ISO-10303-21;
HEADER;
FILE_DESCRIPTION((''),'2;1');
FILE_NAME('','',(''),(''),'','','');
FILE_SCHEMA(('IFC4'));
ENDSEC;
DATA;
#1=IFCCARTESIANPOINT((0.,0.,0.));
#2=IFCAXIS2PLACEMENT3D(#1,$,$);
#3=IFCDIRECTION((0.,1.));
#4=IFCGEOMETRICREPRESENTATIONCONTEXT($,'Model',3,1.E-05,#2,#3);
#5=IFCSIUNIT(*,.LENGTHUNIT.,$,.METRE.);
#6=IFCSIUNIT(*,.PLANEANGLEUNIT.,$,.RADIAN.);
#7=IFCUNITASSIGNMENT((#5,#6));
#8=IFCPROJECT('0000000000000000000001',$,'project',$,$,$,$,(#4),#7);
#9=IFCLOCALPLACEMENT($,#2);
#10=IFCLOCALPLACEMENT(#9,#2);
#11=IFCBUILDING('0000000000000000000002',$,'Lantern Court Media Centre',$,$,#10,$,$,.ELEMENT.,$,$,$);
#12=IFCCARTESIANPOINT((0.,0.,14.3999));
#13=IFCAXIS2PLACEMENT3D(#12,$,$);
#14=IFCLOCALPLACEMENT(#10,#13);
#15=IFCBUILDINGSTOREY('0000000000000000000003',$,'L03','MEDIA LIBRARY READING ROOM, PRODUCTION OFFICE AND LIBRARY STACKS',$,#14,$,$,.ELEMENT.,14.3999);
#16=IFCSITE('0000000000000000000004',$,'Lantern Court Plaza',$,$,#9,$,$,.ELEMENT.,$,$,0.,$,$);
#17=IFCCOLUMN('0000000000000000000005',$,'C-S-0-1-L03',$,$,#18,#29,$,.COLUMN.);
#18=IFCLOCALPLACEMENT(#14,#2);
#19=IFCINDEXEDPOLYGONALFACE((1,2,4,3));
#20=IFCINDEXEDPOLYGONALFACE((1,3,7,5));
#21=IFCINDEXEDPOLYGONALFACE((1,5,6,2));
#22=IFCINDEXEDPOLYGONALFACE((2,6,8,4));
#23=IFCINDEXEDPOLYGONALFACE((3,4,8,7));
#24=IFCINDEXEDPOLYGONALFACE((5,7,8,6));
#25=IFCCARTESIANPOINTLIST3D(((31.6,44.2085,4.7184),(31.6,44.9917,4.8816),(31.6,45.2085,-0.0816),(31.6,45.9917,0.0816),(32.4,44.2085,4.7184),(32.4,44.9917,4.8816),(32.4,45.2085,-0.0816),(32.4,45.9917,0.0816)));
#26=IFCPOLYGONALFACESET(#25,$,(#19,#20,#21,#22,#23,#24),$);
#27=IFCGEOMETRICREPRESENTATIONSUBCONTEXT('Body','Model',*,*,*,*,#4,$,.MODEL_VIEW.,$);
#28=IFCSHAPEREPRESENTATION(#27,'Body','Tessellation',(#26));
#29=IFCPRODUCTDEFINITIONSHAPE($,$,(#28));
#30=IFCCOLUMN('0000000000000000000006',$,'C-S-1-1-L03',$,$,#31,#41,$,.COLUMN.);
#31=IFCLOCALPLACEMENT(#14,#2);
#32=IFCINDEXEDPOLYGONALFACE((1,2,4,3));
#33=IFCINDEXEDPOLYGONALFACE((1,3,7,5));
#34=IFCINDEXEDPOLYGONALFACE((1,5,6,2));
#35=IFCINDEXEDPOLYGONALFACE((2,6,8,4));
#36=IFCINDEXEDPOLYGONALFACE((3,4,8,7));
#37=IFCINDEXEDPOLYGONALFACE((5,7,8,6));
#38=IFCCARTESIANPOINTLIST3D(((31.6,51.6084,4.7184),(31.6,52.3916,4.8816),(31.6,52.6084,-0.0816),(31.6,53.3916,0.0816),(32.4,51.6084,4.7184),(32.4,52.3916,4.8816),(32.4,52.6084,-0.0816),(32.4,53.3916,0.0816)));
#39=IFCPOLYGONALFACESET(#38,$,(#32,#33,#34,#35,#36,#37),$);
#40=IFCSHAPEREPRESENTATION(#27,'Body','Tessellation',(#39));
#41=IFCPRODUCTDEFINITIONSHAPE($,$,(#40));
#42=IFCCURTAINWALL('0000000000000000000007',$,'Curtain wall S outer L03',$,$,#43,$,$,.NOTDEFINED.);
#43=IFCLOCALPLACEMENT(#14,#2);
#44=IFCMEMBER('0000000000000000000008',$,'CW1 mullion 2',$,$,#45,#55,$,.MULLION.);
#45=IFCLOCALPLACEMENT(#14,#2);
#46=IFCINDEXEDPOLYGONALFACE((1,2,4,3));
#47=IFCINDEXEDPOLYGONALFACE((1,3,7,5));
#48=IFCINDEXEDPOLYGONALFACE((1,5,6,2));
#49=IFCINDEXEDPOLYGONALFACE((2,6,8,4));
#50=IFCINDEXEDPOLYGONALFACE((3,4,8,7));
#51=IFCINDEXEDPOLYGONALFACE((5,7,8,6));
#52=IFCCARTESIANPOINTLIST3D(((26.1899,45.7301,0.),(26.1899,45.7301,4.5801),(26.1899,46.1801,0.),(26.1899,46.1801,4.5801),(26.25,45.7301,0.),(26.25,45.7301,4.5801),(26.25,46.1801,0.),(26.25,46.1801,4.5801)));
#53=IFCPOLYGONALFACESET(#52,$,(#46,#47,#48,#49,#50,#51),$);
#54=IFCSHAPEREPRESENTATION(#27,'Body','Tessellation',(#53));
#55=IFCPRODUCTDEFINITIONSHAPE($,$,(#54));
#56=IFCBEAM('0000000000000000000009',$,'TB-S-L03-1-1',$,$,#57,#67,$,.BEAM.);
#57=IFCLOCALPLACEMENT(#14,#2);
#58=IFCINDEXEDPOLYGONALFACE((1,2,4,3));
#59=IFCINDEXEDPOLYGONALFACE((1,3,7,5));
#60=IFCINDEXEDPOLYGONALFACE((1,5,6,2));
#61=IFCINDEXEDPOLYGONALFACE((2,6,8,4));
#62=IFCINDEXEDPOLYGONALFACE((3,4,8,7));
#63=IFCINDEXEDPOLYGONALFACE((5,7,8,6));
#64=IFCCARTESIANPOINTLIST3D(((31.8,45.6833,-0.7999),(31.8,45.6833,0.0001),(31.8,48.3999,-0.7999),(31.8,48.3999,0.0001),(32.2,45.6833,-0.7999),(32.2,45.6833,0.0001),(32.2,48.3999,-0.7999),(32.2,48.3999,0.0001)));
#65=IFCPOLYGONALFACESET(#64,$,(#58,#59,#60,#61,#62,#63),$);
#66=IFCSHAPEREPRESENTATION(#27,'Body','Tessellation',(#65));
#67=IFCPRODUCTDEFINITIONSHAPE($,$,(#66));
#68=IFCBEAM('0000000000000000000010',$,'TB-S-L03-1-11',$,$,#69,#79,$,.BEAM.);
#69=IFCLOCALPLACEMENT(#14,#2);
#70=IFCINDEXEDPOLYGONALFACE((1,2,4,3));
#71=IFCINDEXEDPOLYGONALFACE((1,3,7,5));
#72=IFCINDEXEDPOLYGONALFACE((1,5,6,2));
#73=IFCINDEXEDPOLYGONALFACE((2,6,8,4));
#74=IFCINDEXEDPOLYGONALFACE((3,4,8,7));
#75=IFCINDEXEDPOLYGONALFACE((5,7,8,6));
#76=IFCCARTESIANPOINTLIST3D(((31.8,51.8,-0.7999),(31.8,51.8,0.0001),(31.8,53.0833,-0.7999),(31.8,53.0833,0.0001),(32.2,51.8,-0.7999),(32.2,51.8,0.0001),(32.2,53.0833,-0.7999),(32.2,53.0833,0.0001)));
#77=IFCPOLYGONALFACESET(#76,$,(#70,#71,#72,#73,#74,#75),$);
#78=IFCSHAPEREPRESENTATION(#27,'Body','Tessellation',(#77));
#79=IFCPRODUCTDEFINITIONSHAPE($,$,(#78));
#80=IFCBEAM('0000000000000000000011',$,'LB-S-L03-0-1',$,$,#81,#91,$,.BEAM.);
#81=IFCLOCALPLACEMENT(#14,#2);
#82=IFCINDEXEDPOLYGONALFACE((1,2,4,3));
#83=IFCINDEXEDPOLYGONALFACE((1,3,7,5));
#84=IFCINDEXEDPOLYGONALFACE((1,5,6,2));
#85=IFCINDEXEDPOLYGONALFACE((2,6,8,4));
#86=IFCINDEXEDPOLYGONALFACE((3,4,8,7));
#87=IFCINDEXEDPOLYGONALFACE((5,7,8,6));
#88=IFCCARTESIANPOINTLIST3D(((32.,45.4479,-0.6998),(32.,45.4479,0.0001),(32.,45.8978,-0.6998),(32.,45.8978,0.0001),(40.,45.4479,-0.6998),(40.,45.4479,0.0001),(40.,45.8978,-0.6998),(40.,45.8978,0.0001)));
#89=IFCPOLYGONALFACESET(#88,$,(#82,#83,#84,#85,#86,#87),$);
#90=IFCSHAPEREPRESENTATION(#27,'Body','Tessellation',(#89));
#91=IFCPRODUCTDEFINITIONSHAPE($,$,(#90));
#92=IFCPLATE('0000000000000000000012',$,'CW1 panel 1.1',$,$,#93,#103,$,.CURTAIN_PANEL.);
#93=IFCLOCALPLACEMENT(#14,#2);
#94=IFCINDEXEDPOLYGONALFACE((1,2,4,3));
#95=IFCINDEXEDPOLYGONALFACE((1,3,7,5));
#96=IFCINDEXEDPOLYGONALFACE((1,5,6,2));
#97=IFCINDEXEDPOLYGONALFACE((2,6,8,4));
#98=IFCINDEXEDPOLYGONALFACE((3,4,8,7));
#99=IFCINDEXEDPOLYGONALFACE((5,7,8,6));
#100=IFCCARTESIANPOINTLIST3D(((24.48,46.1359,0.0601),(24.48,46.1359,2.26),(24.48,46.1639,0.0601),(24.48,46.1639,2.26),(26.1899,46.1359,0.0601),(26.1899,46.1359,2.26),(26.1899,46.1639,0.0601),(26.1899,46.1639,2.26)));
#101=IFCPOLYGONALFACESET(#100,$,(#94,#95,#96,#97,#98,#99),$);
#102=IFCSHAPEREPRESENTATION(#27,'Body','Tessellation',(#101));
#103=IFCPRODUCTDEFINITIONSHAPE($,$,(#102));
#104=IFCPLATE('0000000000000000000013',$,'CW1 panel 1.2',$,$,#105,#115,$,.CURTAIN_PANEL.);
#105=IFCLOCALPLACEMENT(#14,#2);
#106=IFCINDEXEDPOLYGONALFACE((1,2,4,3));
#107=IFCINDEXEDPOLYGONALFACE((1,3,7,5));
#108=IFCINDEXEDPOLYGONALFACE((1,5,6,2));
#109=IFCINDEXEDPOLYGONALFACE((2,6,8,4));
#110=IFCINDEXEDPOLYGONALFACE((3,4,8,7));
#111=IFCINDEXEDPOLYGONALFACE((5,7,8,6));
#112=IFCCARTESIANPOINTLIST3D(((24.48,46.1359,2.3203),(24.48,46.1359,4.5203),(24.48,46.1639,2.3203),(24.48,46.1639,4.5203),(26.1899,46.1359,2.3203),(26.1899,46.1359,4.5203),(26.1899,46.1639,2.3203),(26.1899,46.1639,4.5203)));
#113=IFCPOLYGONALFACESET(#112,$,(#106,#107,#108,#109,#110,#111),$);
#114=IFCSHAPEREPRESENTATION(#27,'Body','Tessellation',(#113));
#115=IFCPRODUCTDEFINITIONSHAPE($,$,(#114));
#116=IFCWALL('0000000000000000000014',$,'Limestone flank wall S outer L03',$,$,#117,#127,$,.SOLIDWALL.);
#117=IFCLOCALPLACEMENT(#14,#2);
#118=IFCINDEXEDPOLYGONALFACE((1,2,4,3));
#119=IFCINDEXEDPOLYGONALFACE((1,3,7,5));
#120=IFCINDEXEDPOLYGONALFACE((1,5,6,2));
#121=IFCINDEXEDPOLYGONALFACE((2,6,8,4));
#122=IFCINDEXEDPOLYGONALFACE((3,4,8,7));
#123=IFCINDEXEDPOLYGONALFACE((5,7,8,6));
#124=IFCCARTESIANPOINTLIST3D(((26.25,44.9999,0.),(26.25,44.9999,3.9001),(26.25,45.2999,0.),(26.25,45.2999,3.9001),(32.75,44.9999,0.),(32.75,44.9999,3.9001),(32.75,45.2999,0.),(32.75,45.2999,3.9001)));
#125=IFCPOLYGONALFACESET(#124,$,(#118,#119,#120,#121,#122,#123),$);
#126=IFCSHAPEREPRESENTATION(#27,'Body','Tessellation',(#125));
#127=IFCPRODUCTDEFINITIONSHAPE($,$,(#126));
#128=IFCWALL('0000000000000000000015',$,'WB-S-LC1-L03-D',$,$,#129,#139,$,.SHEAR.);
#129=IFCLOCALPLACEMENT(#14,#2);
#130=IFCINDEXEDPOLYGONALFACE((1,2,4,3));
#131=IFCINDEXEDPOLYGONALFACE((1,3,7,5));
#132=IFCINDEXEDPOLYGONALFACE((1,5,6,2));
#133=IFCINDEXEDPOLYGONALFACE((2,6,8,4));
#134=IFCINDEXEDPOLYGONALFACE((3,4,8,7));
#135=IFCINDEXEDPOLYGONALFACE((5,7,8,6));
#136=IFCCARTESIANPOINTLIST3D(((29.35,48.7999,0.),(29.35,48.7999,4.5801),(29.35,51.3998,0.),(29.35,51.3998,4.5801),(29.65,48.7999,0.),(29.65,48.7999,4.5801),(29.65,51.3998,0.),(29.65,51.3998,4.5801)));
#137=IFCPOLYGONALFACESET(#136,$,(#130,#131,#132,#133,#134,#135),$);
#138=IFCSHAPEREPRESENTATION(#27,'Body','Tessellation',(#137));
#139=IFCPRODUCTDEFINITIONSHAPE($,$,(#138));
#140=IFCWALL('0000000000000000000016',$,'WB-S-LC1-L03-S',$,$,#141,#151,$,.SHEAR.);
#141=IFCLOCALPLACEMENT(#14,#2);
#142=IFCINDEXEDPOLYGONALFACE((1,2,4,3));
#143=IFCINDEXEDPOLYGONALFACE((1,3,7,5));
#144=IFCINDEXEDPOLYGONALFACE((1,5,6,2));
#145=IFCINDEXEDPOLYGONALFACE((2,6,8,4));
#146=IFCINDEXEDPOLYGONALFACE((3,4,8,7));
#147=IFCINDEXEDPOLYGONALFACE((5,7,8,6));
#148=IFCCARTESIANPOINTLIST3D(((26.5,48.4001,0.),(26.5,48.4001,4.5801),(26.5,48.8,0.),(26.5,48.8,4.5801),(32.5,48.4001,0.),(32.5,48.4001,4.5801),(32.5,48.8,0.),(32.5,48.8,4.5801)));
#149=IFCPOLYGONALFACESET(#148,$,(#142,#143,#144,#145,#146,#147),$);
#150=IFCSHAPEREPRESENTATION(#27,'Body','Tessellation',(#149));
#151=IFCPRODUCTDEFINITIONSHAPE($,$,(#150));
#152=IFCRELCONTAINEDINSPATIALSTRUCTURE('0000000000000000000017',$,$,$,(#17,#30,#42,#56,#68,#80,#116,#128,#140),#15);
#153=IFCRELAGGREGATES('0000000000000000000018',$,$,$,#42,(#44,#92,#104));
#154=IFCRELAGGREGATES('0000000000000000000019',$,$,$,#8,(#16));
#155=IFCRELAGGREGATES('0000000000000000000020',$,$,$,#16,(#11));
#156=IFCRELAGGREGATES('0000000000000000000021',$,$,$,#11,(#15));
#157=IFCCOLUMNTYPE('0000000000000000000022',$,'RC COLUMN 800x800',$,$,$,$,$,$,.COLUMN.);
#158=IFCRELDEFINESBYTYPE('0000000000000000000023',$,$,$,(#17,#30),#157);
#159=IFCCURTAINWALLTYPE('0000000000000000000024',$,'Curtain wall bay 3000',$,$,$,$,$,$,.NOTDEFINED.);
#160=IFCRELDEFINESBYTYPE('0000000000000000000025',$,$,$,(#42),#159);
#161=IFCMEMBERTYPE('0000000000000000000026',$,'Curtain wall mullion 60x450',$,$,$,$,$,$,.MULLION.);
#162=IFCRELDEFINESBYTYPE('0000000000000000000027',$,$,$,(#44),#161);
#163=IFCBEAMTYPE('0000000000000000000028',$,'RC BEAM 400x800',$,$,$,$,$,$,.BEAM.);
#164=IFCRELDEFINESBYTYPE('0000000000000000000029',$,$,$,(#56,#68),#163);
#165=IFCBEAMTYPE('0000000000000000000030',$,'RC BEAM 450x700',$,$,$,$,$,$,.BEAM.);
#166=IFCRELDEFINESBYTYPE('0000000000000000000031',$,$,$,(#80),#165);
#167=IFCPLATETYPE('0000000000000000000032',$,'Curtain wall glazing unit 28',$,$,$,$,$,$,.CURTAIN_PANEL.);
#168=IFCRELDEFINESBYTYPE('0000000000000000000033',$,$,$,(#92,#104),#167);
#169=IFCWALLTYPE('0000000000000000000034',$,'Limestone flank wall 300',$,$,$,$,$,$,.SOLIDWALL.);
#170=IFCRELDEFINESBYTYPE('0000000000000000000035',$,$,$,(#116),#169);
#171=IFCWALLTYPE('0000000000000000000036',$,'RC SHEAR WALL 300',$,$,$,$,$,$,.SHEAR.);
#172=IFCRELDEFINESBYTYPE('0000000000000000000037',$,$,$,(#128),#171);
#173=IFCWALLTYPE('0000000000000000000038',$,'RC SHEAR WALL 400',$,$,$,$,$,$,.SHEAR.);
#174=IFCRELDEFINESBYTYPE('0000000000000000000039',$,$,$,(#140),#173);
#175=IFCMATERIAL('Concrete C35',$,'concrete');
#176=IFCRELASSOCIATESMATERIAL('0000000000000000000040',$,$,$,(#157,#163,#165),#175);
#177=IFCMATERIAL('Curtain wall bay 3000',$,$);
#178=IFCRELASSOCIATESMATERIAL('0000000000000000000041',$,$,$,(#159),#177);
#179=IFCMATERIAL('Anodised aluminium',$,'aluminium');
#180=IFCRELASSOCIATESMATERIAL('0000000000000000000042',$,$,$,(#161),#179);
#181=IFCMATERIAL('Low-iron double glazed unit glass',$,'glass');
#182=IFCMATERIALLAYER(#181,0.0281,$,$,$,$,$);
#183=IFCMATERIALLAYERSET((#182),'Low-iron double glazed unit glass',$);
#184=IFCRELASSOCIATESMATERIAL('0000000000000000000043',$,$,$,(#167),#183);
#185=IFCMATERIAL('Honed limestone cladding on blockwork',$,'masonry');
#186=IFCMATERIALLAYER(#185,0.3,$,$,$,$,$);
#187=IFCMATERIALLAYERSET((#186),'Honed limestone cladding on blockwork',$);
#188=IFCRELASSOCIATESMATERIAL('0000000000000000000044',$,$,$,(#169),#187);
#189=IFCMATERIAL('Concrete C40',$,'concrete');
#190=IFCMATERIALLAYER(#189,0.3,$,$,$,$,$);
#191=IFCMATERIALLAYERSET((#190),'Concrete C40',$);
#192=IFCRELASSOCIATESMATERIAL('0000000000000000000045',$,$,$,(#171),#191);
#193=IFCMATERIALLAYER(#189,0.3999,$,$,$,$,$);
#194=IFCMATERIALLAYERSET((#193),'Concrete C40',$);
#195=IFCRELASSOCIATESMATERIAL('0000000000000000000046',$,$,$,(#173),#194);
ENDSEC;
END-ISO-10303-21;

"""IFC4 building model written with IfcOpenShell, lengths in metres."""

from ifc_helpers import new_model, si_unit, direction, frame, frame_2d, origin, origin_2d, place, context, subcontext, project, spatial, rectangle, extrude, material, layer, layer_set, material_profile, profile_set, type_object, element, aggregate, save


model = new_model("IFC4")

# Units and contexts
model_context = context("Model", 3, precision=1e-05, world=origin(), true_north=direction((0.0, 1.0)))
body_context = subcontext(model_context, "Body", "Model", "MODEL_VIEW")
ifc_project = project(units=[si_unit("LENGTHUNIT", "METRE"), si_unit("PLANEANGLEUNIT", "RADIAN")], contexts=[model_context])

# Site, building, storey
site_placement = place(None, origin())
site = spatial("IfcSite", under=ifc_project, at=site_placement, Name="Lantern Court Plaza", CompositionType="ELEMENT", RefElevation=0.0)
building_placement = place(site_placement, origin())
building = spatial("IfcBuilding", under=site, at=building_placement, Name="Lantern Court Media Centre", CompositionType="ELEMENT")
storey_placement = place(building_placement, frame((0.0, 0.0, 14.3999)))
storey = spatial("IfcBuildingStorey", under=building, at=storey_placement, Name="L03", Description="MEDIA LIBRARY READING ROOM, PRODUCTION OFFICE AND LIBRARY STACKS", CompositionType="ELEMENT", Elevation=14.3999)

# Columns
ifc_material_1 = material(Name="Concrete C35", Category="concrete")
ifc_material_profile_1 = material_profile(ifc_material_1, rectangle(XDim=0.8, YDim=0.8, at=origin_2d()), Name="RC 800x800")
ifc_profile_set_1 = profile_set([ifc_material_profile_1], Name="Concrete C35")
column_type = type_object("IfcColumnType", Name="RC COLUMN 800x800", PredefinedType="COLUMN", material=ifc_profile_set_1)
for number, where, z_axis, x_axis, name in (
    (1, (32.0, 45.6001, 0.0), (0.0, -0.203952, 0.978981), (1.0, 0.0, 0.0), "C-S-0-1-L03"),
    (2, (32.0, 53.0, 0.0), (0.0, -0.203952, 0.978981), (1.0, 0.0, 0.0), "C-S-1-1-L03"),
):
    element("IfcColumn", number, at=place(storey_placement, frame(where, z_axis=z_axis, x_axis=x_axis)), inside=storey, type_object=column_type, Name=name, PredefinedType="COLUMN", context=body_context, shape_type="SweptSolid", body=[
        extrude(rectangle(XDim=0.8, YDim=0.8, at=origin_2d()), origin(), (0.0, 0.0, 1.0), 4.9031),
    ])

# Curtain wall, member
ifc_material_2 = material(Name="Curtain wall bay 3000")
curtain_wall_type = type_object("IfcCurtainWallType", Name="Curtain wall bay 3000", PredefinedType="NOTDEFINED", material=ifc_material_2)
curtain_wall_placement = place(storey_placement, origin())
curtain_wall = element("IfcCurtainWall", 3, at=curtain_wall_placement, inside=storey, type_object=curtain_wall_type, Name="Curtain wall S outer L03", PredefinedType="NOTDEFINED")
ifc_material_3 = material(Name="Anodised aluminium", Category="aluminium")
ifc_material_profile_2 = material_profile(ifc_material_3, rectangle(XDim=0.45, YDim=0.0601, at=origin_2d()), Name="AL 60x450")
ifc_profile_set_2 = profile_set([ifc_material_profile_2], Name="Anodised aluminium")
member_type = type_object("IfcMemberType", Name="Curtain wall mullion 60x450", PredefinedType="MULLION", material=ifc_profile_set_2)
member_placement = place(storey_placement, frame((26.22, 45.9551, 0.0), z_axis=(0.0, 0.0, 1.0), x_axis=(0.0, 1.0, 0.0)))
member = element("IfcMember", 4, at=member_placement, type_object=member_type, Name="CW1 mullion 2", PredefinedType="MULLION", context=body_context, shape_type="SweptSolid", body=[
    extrude(rectangle(XDim=0.45, YDim=0.0601, at=origin_2d()), origin(), (0.0, 0.0, 1.0), 4.5801),
])

# Beams
ifc_material_profile_3 = material_profile(ifc_material_1, rectangle(XDim=0.3999, YDim=0.8, at=origin_2d()), Name="RC 400x800")
ifc_profile_set_3 = profile_set([ifc_material_profile_3], Name="Concrete C35")
beam_type_1 = type_object("IfcBeamType", Name="RC BEAM 400x800", PredefinedType="BEAM", material=ifc_profile_set_3)
beam_1_placement = place(storey_placement, frame((32.0, 45.6833, -0.3999), z_axis=(0.0, 1.0, 0.0), x_axis=(-1.0, 0.0, 0.0)))
element("IfcBeam", 5, at=beam_1_placement, inside=storey, type_object=beam_type_1, Name="TB-S-L03-1-1", PredefinedType="BEAM", context=body_context, shape_type="SweptSolid", body=[
    extrude(rectangle(XDim=0.3999, YDim=0.8, at=origin_2d()), origin(), (0.0, 0.0, 1.0), 2.7166),
])
beam_2_placement = place(storey_placement, frame((32.0, 51.8, -0.3999), z_axis=(0.0, 1.0, 0.0), x_axis=(-1.0, 0.0, 0.0)))
element("IfcBeam", 6, at=beam_2_placement, inside=storey, type_object=beam_type_1, Name="TB-S-L03-1-11", PredefinedType="BEAM", context=body_context, shape_type="SweptSolid", body=[
    extrude(rectangle(XDim=0.3999, YDim=0.8, at=origin_2d()), origin(), (0.0, 0.0, 1.0), 1.2832),
])
ifc_material_profile_4 = material_profile(ifc_material_1, rectangle(XDim=0.45, YDim=0.7, at=origin_2d()), Name="RC 450x700")
ifc_profile_set_4 = profile_set([ifc_material_profile_4], Name="Concrete C35")
beam_type_2 = type_object("IfcBeamType", Name="RC BEAM 450x700", PredefinedType="BEAM", material=ifc_profile_set_4)
beam_3_placement = place(storey_placement, frame((32.0, 45.6729, -0.3499), z_axis=(1.0, 0.0, 0.0), x_axis=(0.0, 1.0, 0.0)))
element("IfcBeam", 7, at=beam_3_placement, inside=storey, type_object=beam_type_2, Name="LB-S-L03-0-1", PredefinedType="BEAM", context=body_context, shape_type="SweptSolid", body=[
    extrude(rectangle(XDim=0.45, YDim=0.7, at=origin_2d()), origin(), (0.0, 0.0, 1.0), 8.0),
])

# Plates
ifc_material_4 = material(Name="Low-iron double glazed unit glass", Category="glass")
ifc_layer_1 = layer(ifc_material_4, 0.0281)
ifc_layer_set_1 = layer_set([ifc_layer_1], Name="Low-iron double glazed unit glass")
plate_type = type_object("IfcPlateType", Name="Curtain wall glazing unit 28", PredefinedType="CURTAIN_PANEL", material=ifc_layer_set_1)
plate_1_placement = place(storey_placement, frame((25.335, 46.1499, 0.0601), z_axis=(0.0, 0.0, 1.0), x_axis=(1.0, 0.0, 0.0)))
plate_1 = element("IfcPlate", 8, at=plate_1_placement, type_object=plate_type, Name="CW1 panel 1.1", PredefinedType="CURTAIN_PANEL", context=body_context, shape_type="SweptSolid", body=[
    extrude(rectangle(XDim=1.71, YDim=0.0281, at=origin_2d()), origin(), (0.0, 0.0, 1.0), 2.2),
])
plate_2_placement = place(storey_placement, frame((25.335, 46.1499, 2.3203), z_axis=(0.0, 0.0, 1.0), x_axis=(1.0, 0.0, 0.0)))
plate_2 = element("IfcPlate", 9, at=plate_2_placement, type_object=plate_type, Name="CW1 panel 1.2", PredefinedType="CURTAIN_PANEL", context=body_context, shape_type="SweptSolid", body=[
    extrude(rectangle(XDim=1.71, YDim=0.0281, at=origin_2d()), origin(), (0.0, 0.0, 1.0), 2.2),
])
aggregate(curtain_wall, [member, plate_1, plate_2])

# Walls
ifc_material_5 = material(Name="Honed limestone cladding on blockwork", Category="masonry")
ifc_layer_2 = layer(ifc_material_5, 0.3)
ifc_layer_set_2 = layer_set([ifc_layer_2], Name="Honed limestone cladding on blockwork")
wall_type_1 = type_object("IfcWallType", Name="Limestone flank wall 300", PredefinedType="SOLIDWALL", material=ifc_layer_set_2)
wall_1_placement = place(storey_placement, frame((26.25, 45.1499, 0.0), z_axis=(0.0, 0.0, 1.0), x_axis=(1.0, 0.0, 0.0)))
element("IfcWall", 10, at=wall_1_placement, inside=storey, type_object=wall_type_1, Name="Limestone flank wall S outer L03", PredefinedType="SOLIDWALL", context=body_context, shape_type="SweptSolid", body=[
    extrude(rectangle(XDim=6.5, YDim=0.3, at=frame_2d((3.25, 0.0))), origin(), (0.0, 0.0, 1.0), 3.9001),
])
ifc_material_6 = material(Name="Concrete C40", Category="concrete")
ifc_layer_3 = layer(ifc_material_6, 0.3)
ifc_layer_set_3 = layer_set([ifc_layer_3], Name="Concrete C40")
wall_type_2 = type_object("IfcWallType", Name="RC SHEAR WALL 300", PredefinedType="SHEAR", material=ifc_layer_set_3)
wall_2_placement = place(storey_placement, frame((29.5, 48.8, 0.0), z_axis=(0.0, 0.0, 1.0), x_axis=(0.0, 1.0, 0.0)))
element("IfcWall", 11, at=wall_2_placement, inside=storey, type_object=wall_type_2, Name="WB-S-LC1-L03-D", PredefinedType="SHEAR", context=body_context, shape_type="SweptSolid", body=[
    extrude(rectangle(XDim=2.5999, YDim=0.3, at=frame_2d((1.2998, 0.0))), origin(), (0.0, 0.0, 1.0), 4.5801),
])
ifc_layer_4 = layer(ifc_material_6, 0.3999)
ifc_layer_set_4 = layer_set([ifc_layer_4], Name="Concrete C40")
wall_type_3 = type_object("IfcWallType", Name="RC SHEAR WALL 400", PredefinedType="SHEAR", material=ifc_layer_set_4)
wall_3_placement = place(storey_placement, frame((26.5, 48.6001, 0.0), z_axis=(0.0, 0.0, 1.0), x_axis=(1.0, 0.0, 0.0)))
element("IfcWall", 12, at=wall_3_placement, inside=storey, type_object=wall_type_3, Name="WB-S-LC1-L03-S", PredefinedType="SHEAR", context=body_context, shape_type="SweptSolid", body=[
    extrude(rectangle(XDim=6.0, YDim=0.3999, at=frame_2d((3.0, 0.0))), origin(), (0.0, 0.0, 1.0), 4.5801),
])

save(model, "model.ifc")
